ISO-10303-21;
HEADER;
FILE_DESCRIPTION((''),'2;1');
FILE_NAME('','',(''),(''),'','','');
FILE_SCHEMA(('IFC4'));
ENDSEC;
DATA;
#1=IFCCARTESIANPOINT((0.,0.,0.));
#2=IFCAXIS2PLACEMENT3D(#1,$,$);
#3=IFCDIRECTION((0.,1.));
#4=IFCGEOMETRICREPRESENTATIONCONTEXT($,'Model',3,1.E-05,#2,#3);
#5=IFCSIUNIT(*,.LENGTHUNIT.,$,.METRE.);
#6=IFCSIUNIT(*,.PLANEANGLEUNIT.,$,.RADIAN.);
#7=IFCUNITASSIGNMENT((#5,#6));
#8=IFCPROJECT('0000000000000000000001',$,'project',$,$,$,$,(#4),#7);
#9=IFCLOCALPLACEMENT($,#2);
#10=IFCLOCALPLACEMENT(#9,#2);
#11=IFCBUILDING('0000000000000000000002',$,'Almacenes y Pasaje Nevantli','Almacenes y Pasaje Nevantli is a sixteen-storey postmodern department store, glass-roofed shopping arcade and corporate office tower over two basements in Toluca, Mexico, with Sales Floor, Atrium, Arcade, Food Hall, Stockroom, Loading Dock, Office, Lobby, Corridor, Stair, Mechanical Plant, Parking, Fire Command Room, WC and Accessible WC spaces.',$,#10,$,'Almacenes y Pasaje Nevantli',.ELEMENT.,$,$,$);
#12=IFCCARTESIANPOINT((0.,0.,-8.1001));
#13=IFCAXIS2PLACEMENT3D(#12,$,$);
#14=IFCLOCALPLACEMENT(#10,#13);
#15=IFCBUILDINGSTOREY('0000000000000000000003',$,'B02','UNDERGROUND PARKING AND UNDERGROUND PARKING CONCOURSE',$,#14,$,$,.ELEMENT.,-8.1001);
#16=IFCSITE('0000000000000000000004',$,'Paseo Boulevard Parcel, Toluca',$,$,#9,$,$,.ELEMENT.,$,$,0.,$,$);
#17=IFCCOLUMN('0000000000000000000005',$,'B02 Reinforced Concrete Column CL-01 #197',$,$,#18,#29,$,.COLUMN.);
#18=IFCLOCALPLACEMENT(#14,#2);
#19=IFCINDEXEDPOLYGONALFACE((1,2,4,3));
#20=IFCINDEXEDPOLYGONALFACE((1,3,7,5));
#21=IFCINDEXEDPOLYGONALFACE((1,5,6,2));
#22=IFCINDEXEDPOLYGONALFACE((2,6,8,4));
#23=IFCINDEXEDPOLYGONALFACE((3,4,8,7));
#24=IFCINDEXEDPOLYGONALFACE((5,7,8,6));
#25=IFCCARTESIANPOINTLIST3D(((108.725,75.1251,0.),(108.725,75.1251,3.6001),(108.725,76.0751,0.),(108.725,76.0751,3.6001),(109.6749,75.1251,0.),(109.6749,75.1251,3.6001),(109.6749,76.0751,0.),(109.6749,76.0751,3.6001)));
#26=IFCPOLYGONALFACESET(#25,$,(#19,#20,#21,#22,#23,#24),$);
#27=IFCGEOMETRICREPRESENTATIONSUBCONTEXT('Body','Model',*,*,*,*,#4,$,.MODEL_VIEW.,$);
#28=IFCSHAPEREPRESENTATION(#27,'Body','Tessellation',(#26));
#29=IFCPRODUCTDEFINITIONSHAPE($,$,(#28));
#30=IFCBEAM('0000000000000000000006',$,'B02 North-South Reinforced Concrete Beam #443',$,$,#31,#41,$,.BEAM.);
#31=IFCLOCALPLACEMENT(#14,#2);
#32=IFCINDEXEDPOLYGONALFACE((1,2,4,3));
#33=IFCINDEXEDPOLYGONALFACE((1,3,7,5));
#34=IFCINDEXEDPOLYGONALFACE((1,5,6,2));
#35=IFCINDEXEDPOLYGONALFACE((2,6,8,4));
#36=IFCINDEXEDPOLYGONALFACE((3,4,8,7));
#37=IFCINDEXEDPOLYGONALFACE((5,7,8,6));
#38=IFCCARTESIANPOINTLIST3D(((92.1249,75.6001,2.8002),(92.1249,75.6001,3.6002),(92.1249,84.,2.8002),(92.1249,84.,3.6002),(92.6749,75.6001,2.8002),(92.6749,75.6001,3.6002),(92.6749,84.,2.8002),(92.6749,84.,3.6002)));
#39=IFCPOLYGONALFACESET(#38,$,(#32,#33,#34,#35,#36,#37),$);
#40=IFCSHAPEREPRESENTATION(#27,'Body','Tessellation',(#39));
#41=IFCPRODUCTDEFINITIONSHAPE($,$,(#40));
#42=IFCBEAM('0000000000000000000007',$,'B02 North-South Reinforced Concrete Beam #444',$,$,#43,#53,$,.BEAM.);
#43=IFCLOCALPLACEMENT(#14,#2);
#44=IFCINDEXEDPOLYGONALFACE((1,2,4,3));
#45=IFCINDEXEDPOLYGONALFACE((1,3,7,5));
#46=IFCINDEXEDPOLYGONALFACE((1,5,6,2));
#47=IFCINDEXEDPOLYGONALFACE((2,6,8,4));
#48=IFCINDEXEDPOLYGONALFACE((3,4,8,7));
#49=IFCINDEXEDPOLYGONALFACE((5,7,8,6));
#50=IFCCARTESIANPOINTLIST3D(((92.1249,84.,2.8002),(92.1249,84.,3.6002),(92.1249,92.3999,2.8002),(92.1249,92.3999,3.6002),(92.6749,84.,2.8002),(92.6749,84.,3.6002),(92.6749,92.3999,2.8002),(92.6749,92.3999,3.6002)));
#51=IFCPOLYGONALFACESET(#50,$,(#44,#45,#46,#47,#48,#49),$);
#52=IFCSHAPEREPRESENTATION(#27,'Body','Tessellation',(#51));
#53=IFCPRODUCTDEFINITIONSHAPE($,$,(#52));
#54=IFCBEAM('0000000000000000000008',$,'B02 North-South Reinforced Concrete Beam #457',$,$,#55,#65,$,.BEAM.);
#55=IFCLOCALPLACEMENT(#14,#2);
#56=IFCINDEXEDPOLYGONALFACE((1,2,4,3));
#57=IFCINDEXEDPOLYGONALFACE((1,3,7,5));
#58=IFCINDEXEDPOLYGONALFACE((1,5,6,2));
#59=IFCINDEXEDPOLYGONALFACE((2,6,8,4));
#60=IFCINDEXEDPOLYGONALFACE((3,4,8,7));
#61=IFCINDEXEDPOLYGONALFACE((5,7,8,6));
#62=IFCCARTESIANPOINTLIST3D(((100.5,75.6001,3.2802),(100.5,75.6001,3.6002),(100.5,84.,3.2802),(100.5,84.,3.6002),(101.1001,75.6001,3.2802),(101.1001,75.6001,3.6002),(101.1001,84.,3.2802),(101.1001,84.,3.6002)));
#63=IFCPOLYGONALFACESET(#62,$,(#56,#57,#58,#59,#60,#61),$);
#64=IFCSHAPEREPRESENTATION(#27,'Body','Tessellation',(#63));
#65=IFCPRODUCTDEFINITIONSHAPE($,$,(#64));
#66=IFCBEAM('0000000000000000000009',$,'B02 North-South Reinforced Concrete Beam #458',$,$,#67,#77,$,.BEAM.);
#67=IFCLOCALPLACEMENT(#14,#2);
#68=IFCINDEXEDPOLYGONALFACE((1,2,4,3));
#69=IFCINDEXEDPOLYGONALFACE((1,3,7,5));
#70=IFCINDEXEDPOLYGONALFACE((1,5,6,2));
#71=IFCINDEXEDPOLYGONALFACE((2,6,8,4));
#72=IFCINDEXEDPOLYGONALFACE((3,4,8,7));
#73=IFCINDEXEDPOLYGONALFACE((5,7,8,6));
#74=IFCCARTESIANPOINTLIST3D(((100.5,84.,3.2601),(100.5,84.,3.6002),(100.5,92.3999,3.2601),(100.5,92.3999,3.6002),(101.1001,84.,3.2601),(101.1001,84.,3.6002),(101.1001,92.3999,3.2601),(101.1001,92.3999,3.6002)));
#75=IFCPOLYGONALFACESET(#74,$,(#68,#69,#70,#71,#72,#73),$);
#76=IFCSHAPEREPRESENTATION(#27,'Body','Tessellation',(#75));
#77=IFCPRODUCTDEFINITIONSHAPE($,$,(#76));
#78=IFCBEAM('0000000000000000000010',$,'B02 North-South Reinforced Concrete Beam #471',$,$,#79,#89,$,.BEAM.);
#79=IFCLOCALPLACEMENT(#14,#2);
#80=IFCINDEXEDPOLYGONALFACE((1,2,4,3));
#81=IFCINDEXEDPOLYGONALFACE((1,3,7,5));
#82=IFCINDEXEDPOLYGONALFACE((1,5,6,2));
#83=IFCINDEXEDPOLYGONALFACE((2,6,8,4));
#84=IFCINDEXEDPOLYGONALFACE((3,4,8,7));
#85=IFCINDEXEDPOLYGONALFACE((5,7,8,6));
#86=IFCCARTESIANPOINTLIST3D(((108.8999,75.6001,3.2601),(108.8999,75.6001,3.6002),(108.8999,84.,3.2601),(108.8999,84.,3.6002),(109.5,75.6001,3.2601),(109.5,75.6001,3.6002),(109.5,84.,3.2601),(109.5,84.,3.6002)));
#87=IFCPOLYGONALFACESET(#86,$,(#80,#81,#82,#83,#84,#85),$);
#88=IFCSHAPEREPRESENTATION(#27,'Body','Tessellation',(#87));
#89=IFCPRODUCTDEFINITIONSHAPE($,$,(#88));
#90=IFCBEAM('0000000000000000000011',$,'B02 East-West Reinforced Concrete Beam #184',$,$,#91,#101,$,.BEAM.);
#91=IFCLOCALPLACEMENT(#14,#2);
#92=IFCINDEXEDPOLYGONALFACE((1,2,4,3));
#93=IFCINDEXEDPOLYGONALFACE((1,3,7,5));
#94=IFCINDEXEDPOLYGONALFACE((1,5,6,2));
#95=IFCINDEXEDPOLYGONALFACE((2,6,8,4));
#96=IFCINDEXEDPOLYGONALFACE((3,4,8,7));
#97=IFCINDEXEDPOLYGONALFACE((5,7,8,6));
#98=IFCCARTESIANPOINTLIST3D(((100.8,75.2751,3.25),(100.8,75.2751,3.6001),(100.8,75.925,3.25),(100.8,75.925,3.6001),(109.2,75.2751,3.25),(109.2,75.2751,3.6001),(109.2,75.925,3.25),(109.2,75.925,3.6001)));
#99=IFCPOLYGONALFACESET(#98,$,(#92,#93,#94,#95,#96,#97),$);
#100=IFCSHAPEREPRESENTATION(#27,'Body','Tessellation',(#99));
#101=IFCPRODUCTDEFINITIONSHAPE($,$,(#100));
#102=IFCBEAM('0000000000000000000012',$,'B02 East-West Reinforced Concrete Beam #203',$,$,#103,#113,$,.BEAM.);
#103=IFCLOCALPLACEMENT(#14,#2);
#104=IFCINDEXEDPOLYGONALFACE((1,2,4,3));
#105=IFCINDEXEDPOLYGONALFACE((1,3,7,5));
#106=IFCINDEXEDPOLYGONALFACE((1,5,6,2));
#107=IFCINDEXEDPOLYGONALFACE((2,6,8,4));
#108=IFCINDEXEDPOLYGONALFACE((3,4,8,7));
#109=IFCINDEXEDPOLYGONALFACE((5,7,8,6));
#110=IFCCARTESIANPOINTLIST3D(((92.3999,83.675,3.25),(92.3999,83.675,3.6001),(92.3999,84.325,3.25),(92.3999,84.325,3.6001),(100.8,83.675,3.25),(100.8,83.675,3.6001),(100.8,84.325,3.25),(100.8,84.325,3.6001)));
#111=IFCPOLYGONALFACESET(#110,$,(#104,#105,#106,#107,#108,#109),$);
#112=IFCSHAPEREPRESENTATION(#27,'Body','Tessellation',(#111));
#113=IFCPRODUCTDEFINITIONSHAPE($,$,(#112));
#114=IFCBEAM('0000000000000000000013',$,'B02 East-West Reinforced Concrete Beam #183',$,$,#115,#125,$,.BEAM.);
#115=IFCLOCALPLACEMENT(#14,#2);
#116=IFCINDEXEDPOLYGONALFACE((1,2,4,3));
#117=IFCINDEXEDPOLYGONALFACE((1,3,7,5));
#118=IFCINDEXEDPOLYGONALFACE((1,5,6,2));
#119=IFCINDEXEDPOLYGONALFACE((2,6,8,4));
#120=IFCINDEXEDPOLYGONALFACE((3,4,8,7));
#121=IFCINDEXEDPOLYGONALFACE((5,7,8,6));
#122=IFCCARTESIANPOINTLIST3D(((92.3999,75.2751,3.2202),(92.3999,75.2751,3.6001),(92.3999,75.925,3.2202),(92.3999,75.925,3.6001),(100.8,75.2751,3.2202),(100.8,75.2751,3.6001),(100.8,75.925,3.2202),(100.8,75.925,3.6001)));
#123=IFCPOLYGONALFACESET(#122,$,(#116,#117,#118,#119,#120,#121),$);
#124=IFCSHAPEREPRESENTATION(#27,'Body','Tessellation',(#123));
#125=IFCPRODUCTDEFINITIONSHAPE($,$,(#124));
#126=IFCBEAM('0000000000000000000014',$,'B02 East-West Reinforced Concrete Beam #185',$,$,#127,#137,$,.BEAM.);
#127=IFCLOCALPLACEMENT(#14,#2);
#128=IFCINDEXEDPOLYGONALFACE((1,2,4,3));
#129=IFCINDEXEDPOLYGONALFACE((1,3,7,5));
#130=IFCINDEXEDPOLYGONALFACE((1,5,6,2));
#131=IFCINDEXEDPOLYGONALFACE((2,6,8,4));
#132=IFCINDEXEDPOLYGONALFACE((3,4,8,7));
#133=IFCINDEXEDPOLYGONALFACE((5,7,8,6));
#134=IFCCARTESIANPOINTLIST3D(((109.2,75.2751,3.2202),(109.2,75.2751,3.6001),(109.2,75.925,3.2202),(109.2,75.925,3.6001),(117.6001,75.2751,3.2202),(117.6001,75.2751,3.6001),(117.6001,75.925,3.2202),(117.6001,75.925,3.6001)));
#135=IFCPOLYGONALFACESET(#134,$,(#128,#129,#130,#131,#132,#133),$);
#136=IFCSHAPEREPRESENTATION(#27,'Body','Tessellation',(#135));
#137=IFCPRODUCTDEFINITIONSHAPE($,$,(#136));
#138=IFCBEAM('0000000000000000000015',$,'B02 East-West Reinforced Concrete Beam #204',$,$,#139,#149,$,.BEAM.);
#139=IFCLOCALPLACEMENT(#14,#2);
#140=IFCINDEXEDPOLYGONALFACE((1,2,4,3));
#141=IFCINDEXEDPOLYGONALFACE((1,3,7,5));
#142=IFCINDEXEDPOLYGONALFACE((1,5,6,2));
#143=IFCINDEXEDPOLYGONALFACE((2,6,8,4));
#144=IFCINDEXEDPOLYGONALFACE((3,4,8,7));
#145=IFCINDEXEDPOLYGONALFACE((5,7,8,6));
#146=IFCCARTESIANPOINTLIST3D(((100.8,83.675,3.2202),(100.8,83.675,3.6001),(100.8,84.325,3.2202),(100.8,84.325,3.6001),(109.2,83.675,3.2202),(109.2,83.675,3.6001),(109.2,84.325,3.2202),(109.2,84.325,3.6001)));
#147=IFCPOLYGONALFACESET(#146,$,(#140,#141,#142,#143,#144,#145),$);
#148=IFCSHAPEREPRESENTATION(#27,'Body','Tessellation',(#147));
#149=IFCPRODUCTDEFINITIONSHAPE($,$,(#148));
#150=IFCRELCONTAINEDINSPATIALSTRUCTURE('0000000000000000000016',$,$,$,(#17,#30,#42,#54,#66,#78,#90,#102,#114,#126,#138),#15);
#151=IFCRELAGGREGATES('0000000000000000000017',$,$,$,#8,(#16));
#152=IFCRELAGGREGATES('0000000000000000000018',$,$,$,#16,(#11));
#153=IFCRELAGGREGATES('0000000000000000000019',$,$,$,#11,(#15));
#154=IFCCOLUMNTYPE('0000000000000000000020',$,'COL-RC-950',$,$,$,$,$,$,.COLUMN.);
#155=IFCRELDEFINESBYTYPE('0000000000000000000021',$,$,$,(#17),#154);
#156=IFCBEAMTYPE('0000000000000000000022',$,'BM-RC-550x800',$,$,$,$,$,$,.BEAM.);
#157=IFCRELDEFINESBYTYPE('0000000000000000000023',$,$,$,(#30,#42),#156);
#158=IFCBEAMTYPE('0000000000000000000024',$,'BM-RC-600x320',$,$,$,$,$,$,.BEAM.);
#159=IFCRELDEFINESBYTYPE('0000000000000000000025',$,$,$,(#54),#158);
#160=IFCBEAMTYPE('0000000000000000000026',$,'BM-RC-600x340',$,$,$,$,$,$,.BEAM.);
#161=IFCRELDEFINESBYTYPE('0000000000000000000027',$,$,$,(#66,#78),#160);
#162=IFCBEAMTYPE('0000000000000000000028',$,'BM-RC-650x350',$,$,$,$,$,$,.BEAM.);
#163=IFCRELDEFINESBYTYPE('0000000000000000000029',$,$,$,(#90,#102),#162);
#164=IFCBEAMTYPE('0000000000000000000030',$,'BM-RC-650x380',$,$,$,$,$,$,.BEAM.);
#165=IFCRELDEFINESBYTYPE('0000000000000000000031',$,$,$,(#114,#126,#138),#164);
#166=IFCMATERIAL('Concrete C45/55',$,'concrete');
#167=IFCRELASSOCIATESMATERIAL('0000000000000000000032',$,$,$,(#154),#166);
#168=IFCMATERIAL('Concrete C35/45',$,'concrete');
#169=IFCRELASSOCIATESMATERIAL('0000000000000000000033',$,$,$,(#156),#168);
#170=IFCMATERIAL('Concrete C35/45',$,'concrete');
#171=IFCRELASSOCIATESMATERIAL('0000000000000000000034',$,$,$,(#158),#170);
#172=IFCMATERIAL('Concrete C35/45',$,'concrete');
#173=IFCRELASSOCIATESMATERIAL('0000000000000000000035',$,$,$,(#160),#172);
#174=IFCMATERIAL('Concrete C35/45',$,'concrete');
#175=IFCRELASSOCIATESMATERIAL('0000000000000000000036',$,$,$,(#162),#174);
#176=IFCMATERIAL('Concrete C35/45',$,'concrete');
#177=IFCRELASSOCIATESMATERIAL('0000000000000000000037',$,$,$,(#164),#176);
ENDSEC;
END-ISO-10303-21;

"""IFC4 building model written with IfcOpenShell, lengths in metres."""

from ifc_helpers import new_model, si_unit, direction, frame, origin, origin_2d, place, context, subcontext, project, spatial, rectangle, extrude, material, material_profile, profile_set, type_object, element, save


model = new_model("IFC4")

# Units and contexts
model_context = context("Model", 3, precision=1e-05, world=origin(), true_north=direction((0.0, 1.0)))
body_context = subcontext(model_context, "Body", "Model", "MODEL_VIEW")
ifc_project = project(units=[si_unit("LENGTHUNIT", "METRE"), si_unit("PLANEANGLEUNIT", "RADIAN")], contexts=[model_context])

# Site, building, storey
site_placement = place(None, origin())
site = spatial("IfcSite", under=ifc_project, at=site_placement, Name="Paseo Boulevard Parcel, Toluca", CompositionType="ELEMENT", RefElevation=0.0)
building_placement = place(site_placement, origin())
building = spatial("IfcBuilding", under=site, at=building_placement, Name="Almacenes y Pasaje Nevantli", Description="Almacenes y Pasaje Nevantli is a sixteen-storey postmodern department store, glass-roofed shopping arcade and corporate office tower over two basements in Toluca, Mexico, with Sales Floor, Atrium, Arcade, Food Hall, Stockroom, Loading Dock, Office, Lobby, Corridor, Stair, Mechanical Plant, Parking, Fire Command Room, WC and Accessible WC spaces.", LongName="Almacenes y Pasaje Nevantli", CompositionType="ELEMENT")
storey_placement = place(building_placement, frame((0.0, 0.0, -8.1001)))
storey = spatial("IfcBuildingStorey", under=building, at=storey_placement, Name="B02", Description="UNDERGROUND PARKING AND UNDERGROUND PARKING CONCOURSE", CompositionType="ELEMENT", Elevation=-8.1001)

# Column
ifc_material_1 = material(Name="Concrete C45/55", Category="concrete")
ifc_material_profile_1 = material_profile(ifc_material_1, rectangle(XDim=0.95, YDim=0.95, at=origin_2d()), Name="RC-COL-950x950")
ifc_profile_set_1 = profile_set([ifc_material_profile_1], Name="Concrete C45/55")
column_type_1 = type_object("IfcColumnType", Name="COL-RC-950", PredefinedType="COLUMN", material=ifc_profile_set_1)
column_1_placement = place(storey_placement, frame((109.2, 75.6001, 0.0), z_axis=(0.0, 0.0, 1.0), x_axis=(1.0, 0.0, 0.0)))
element("IfcColumn", 1, at=column_1_placement, inside=storey, type_object=column_type_1, Name="B02 Reinforced Concrete Column CL-01 #197", PredefinedType="COLUMN", context=body_context, shape_type="SweptSolid", body=[
    extrude(rectangle(XDim=0.95, YDim=0.95, at=origin_2d()), origin(), (0.0, 0.0, 1.0), 3.6001),
])

# Beams
ifc_material_2 = material(Name="Concrete C35/45", Category="concrete")
ifc_material_profile_2 = material_profile(ifc_material_2, rectangle(XDim=0.55, YDim=0.8, at=origin_2d()), Name="RC-BM-550x800")
ifc_profile_set_2 = profile_set([ifc_material_profile_2], Name="Concrete C35/45")
beam_type_1 = type_object("IfcBeamType", Name="BM-RC-550x800", PredefinedType="BEAM", material=ifc_profile_set_2)
for number, where, z_axis, x_axis, name in (
    (2, (92.3999, 75.6001, 3.2002), (0.0, 1.0, 0.0), (-1.0, 0.0, 0.0), "B02 North-South Reinforced Concrete Beam #443"),
    (3, (92.3999, 84.0, 3.2002), (0.0, 1.0, 0.0), (-1.0, 0.0, 0.0), "B02 North-South Reinforced Concrete Beam #444"),
):
    element("IfcBeam", number, at=place(storey_placement, frame(where, z_axis=z_axis, x_axis=x_axis)), inside=storey, type_object=beam_type_1, Name=name, PredefinedType="BEAM", context=body_context, shape_type="SweptSolid", body=[
        extrude(rectangle(XDim=0.55, YDim=0.8, at=origin_2d()), origin(), (0.0, 0.0, 1.0), 8.3999),
    ])
ifc_material_3 = material(Name="Concrete C35/45", Category="concrete")
ifc_material_profile_3 = material_profile(ifc_material_3, rectangle(XDim=0.6001, YDim=0.3201, at=origin_2d()), Name="RC-BM-600x320")
ifc_profile_set_3 = profile_set([ifc_material_profile_3], Name="Concrete C35/45")
beam_type_2 = type_object("IfcBeamType", Name="BM-RC-600x320", PredefinedType="BEAM", material=ifc_profile_set_3)
beam_1_placement = place(storey_placement, frame((100.8, 75.6001, 3.4402), z_axis=(0.0, 1.0, 0.0), x_axis=(-1.0, 0.0, 0.0)))
element("IfcBeam", 4, at=beam_1_placement, inside=storey, type_object=beam_type_2, Name="B02 North-South Reinforced Concrete Beam #457", PredefinedType="BEAM", context=body_context, shape_type="SweptSolid", body=[
    extrude(rectangle(XDim=0.6001, YDim=0.3201, at=origin_2d()), origin(), (0.0, 0.0, 1.0), 8.3999),
])
ifc_material_4 = material(Name="Concrete C35/45", Category="concrete")
ifc_material_profile_4 = material_profile(ifc_material_4, rectangle(XDim=0.6001, YDim=0.3401, at=origin_2d()), Name="RC-BM-600x340")
ifc_profile_set_4 = profile_set([ifc_material_profile_4], Name="Concrete C35/45")
beam_type_3 = type_object("IfcBeamType", Name="BM-RC-600x340", PredefinedType="BEAM", material=ifc_profile_set_4)
for number, where, z_axis, x_axis, name in (
    (5, (100.8, 84.0, 3.4302), (0.0, 1.0, 0.0), (-1.0, 0.0, 0.0), "B02 North-South Reinforced Concrete Beam #458"),
    (6, (109.2, 75.6001, 3.4302), (0.0, 1.0, 0.0), (-1.0, 0.0, 0.0), "B02 North-South Reinforced Concrete Beam #471"),
):
    element("IfcBeam", number, at=place(storey_placement, frame(where, z_axis=z_axis, x_axis=x_axis)), inside=storey, type_object=beam_type_3, Name=name, PredefinedType="BEAM", context=body_context, shape_type="SweptSolid", body=[
        extrude(rectangle(XDim=0.6001, YDim=0.3401, at=origin_2d()), origin(), (0.0, 0.0, 1.0), 8.3999),
    ])
ifc_material_5 = material(Name="Concrete C35/45", Category="concrete")
ifc_material_profile_5 = material_profile(ifc_material_5, rectangle(XDim=0.6499, YDim=0.3501, at=origin_2d()), Name="RC-BM-650x350")
ifc_profile_set_5 = profile_set([ifc_material_profile_5], Name="Concrete C35/45")
beam_type_4 = type_object("IfcBeamType", Name="BM-RC-650x350", PredefinedType="BEAM", material=ifc_profile_set_5)
beam_2_placement = place(storey_placement, frame((100.8, 75.6001, 3.425), z_axis=(1.0, 0.0, 0.0), x_axis=(0.0, 1.0, 0.0)))
element("IfcBeam", 7, at=beam_2_placement, inside=storey, type_object=beam_type_4, Name="B02 East-West Reinforced Concrete Beam #184", PredefinedType="BEAM", context=body_context, shape_type="SweptSolid", body=[
    extrude(rectangle(XDim=0.6499, YDim=0.3501, at=origin_2d()), origin(), (0.0, 0.0, 1.0), 8.3999),
])
beam_3_placement = place(storey_placement, frame((92.3999, 84.0, 3.425), z_axis=(1.0, 0.0, 0.0), x_axis=(0.0, 1.0, 0.0)))
element("IfcBeam", 8, at=beam_3_placement, inside=storey, type_object=beam_type_4, Name="B02 East-West Reinforced Concrete Beam #203", PredefinedType="BEAM", context=body_context, shape_type="SweptSolid", body=[
    extrude(rectangle(XDim=0.6499, YDim=0.3501, at=origin_2d()), origin(), (0.0, 0.0, 1.0), 8.4001),
])
ifc_material_6 = material(Name="Concrete C35/45", Category="concrete")
ifc_material_profile_6 = material_profile(ifc_material_6, rectangle(XDim=0.6499, YDim=0.3799, at=origin_2d()), Name="RC-BM-650x380")
ifc_profile_set_6 = profile_set([ifc_material_profile_6], Name="Concrete C35/45")
beam_type_5 = type_object("IfcBeamType", Name="BM-RC-650x380", PredefinedType="BEAM", material=ifc_profile_set_6)
for number, where, z_axis, x_axis, name in (
    (9, (92.3999, 75.6001, 3.4102), (1.0, 0.0, 0.0), (0.0, 1.0, 0.0), "B02 East-West Reinforced Concrete Beam #183"),
    (10, (109.2, 75.6001, 3.4102), (1.0, 0.0, 0.0), (0.0, 1.0, 0.0), "B02 East-West Reinforced Concrete Beam #185"),
):
    element("IfcBeam", number, at=place(storey_placement, frame(where, z_axis=z_axis, x_axis=x_axis)), inside=storey, type_object=beam_type_5, Name=name, PredefinedType="BEAM", context=body_context, shape_type="SweptSolid", body=[
        extrude(rectangle(XDim=0.6499, YDim=0.3799, at=origin_2d()), origin(), (0.0, 0.0, 1.0), 8.4001),
    ])
beam_4_placement = place(storey_placement, frame((100.8, 84.0, 3.4102), z_axis=(1.0, 0.0, 0.0), x_axis=(0.0, 1.0, 0.0)))
element("IfcBeam", 11, at=beam_4_placement, inside=storey, type_object=beam_type_5, Name="B02 East-West Reinforced Concrete Beam #204", PredefinedType="BEAM", context=body_context, shape_type="SweptSolid", body=[
    extrude(rectangle(XDim=0.6499, YDim=0.3799, at=origin_2d()), origin(), (0.0, 0.0, 1.0), 8.3999),
])

save(model, "model.ifc")
